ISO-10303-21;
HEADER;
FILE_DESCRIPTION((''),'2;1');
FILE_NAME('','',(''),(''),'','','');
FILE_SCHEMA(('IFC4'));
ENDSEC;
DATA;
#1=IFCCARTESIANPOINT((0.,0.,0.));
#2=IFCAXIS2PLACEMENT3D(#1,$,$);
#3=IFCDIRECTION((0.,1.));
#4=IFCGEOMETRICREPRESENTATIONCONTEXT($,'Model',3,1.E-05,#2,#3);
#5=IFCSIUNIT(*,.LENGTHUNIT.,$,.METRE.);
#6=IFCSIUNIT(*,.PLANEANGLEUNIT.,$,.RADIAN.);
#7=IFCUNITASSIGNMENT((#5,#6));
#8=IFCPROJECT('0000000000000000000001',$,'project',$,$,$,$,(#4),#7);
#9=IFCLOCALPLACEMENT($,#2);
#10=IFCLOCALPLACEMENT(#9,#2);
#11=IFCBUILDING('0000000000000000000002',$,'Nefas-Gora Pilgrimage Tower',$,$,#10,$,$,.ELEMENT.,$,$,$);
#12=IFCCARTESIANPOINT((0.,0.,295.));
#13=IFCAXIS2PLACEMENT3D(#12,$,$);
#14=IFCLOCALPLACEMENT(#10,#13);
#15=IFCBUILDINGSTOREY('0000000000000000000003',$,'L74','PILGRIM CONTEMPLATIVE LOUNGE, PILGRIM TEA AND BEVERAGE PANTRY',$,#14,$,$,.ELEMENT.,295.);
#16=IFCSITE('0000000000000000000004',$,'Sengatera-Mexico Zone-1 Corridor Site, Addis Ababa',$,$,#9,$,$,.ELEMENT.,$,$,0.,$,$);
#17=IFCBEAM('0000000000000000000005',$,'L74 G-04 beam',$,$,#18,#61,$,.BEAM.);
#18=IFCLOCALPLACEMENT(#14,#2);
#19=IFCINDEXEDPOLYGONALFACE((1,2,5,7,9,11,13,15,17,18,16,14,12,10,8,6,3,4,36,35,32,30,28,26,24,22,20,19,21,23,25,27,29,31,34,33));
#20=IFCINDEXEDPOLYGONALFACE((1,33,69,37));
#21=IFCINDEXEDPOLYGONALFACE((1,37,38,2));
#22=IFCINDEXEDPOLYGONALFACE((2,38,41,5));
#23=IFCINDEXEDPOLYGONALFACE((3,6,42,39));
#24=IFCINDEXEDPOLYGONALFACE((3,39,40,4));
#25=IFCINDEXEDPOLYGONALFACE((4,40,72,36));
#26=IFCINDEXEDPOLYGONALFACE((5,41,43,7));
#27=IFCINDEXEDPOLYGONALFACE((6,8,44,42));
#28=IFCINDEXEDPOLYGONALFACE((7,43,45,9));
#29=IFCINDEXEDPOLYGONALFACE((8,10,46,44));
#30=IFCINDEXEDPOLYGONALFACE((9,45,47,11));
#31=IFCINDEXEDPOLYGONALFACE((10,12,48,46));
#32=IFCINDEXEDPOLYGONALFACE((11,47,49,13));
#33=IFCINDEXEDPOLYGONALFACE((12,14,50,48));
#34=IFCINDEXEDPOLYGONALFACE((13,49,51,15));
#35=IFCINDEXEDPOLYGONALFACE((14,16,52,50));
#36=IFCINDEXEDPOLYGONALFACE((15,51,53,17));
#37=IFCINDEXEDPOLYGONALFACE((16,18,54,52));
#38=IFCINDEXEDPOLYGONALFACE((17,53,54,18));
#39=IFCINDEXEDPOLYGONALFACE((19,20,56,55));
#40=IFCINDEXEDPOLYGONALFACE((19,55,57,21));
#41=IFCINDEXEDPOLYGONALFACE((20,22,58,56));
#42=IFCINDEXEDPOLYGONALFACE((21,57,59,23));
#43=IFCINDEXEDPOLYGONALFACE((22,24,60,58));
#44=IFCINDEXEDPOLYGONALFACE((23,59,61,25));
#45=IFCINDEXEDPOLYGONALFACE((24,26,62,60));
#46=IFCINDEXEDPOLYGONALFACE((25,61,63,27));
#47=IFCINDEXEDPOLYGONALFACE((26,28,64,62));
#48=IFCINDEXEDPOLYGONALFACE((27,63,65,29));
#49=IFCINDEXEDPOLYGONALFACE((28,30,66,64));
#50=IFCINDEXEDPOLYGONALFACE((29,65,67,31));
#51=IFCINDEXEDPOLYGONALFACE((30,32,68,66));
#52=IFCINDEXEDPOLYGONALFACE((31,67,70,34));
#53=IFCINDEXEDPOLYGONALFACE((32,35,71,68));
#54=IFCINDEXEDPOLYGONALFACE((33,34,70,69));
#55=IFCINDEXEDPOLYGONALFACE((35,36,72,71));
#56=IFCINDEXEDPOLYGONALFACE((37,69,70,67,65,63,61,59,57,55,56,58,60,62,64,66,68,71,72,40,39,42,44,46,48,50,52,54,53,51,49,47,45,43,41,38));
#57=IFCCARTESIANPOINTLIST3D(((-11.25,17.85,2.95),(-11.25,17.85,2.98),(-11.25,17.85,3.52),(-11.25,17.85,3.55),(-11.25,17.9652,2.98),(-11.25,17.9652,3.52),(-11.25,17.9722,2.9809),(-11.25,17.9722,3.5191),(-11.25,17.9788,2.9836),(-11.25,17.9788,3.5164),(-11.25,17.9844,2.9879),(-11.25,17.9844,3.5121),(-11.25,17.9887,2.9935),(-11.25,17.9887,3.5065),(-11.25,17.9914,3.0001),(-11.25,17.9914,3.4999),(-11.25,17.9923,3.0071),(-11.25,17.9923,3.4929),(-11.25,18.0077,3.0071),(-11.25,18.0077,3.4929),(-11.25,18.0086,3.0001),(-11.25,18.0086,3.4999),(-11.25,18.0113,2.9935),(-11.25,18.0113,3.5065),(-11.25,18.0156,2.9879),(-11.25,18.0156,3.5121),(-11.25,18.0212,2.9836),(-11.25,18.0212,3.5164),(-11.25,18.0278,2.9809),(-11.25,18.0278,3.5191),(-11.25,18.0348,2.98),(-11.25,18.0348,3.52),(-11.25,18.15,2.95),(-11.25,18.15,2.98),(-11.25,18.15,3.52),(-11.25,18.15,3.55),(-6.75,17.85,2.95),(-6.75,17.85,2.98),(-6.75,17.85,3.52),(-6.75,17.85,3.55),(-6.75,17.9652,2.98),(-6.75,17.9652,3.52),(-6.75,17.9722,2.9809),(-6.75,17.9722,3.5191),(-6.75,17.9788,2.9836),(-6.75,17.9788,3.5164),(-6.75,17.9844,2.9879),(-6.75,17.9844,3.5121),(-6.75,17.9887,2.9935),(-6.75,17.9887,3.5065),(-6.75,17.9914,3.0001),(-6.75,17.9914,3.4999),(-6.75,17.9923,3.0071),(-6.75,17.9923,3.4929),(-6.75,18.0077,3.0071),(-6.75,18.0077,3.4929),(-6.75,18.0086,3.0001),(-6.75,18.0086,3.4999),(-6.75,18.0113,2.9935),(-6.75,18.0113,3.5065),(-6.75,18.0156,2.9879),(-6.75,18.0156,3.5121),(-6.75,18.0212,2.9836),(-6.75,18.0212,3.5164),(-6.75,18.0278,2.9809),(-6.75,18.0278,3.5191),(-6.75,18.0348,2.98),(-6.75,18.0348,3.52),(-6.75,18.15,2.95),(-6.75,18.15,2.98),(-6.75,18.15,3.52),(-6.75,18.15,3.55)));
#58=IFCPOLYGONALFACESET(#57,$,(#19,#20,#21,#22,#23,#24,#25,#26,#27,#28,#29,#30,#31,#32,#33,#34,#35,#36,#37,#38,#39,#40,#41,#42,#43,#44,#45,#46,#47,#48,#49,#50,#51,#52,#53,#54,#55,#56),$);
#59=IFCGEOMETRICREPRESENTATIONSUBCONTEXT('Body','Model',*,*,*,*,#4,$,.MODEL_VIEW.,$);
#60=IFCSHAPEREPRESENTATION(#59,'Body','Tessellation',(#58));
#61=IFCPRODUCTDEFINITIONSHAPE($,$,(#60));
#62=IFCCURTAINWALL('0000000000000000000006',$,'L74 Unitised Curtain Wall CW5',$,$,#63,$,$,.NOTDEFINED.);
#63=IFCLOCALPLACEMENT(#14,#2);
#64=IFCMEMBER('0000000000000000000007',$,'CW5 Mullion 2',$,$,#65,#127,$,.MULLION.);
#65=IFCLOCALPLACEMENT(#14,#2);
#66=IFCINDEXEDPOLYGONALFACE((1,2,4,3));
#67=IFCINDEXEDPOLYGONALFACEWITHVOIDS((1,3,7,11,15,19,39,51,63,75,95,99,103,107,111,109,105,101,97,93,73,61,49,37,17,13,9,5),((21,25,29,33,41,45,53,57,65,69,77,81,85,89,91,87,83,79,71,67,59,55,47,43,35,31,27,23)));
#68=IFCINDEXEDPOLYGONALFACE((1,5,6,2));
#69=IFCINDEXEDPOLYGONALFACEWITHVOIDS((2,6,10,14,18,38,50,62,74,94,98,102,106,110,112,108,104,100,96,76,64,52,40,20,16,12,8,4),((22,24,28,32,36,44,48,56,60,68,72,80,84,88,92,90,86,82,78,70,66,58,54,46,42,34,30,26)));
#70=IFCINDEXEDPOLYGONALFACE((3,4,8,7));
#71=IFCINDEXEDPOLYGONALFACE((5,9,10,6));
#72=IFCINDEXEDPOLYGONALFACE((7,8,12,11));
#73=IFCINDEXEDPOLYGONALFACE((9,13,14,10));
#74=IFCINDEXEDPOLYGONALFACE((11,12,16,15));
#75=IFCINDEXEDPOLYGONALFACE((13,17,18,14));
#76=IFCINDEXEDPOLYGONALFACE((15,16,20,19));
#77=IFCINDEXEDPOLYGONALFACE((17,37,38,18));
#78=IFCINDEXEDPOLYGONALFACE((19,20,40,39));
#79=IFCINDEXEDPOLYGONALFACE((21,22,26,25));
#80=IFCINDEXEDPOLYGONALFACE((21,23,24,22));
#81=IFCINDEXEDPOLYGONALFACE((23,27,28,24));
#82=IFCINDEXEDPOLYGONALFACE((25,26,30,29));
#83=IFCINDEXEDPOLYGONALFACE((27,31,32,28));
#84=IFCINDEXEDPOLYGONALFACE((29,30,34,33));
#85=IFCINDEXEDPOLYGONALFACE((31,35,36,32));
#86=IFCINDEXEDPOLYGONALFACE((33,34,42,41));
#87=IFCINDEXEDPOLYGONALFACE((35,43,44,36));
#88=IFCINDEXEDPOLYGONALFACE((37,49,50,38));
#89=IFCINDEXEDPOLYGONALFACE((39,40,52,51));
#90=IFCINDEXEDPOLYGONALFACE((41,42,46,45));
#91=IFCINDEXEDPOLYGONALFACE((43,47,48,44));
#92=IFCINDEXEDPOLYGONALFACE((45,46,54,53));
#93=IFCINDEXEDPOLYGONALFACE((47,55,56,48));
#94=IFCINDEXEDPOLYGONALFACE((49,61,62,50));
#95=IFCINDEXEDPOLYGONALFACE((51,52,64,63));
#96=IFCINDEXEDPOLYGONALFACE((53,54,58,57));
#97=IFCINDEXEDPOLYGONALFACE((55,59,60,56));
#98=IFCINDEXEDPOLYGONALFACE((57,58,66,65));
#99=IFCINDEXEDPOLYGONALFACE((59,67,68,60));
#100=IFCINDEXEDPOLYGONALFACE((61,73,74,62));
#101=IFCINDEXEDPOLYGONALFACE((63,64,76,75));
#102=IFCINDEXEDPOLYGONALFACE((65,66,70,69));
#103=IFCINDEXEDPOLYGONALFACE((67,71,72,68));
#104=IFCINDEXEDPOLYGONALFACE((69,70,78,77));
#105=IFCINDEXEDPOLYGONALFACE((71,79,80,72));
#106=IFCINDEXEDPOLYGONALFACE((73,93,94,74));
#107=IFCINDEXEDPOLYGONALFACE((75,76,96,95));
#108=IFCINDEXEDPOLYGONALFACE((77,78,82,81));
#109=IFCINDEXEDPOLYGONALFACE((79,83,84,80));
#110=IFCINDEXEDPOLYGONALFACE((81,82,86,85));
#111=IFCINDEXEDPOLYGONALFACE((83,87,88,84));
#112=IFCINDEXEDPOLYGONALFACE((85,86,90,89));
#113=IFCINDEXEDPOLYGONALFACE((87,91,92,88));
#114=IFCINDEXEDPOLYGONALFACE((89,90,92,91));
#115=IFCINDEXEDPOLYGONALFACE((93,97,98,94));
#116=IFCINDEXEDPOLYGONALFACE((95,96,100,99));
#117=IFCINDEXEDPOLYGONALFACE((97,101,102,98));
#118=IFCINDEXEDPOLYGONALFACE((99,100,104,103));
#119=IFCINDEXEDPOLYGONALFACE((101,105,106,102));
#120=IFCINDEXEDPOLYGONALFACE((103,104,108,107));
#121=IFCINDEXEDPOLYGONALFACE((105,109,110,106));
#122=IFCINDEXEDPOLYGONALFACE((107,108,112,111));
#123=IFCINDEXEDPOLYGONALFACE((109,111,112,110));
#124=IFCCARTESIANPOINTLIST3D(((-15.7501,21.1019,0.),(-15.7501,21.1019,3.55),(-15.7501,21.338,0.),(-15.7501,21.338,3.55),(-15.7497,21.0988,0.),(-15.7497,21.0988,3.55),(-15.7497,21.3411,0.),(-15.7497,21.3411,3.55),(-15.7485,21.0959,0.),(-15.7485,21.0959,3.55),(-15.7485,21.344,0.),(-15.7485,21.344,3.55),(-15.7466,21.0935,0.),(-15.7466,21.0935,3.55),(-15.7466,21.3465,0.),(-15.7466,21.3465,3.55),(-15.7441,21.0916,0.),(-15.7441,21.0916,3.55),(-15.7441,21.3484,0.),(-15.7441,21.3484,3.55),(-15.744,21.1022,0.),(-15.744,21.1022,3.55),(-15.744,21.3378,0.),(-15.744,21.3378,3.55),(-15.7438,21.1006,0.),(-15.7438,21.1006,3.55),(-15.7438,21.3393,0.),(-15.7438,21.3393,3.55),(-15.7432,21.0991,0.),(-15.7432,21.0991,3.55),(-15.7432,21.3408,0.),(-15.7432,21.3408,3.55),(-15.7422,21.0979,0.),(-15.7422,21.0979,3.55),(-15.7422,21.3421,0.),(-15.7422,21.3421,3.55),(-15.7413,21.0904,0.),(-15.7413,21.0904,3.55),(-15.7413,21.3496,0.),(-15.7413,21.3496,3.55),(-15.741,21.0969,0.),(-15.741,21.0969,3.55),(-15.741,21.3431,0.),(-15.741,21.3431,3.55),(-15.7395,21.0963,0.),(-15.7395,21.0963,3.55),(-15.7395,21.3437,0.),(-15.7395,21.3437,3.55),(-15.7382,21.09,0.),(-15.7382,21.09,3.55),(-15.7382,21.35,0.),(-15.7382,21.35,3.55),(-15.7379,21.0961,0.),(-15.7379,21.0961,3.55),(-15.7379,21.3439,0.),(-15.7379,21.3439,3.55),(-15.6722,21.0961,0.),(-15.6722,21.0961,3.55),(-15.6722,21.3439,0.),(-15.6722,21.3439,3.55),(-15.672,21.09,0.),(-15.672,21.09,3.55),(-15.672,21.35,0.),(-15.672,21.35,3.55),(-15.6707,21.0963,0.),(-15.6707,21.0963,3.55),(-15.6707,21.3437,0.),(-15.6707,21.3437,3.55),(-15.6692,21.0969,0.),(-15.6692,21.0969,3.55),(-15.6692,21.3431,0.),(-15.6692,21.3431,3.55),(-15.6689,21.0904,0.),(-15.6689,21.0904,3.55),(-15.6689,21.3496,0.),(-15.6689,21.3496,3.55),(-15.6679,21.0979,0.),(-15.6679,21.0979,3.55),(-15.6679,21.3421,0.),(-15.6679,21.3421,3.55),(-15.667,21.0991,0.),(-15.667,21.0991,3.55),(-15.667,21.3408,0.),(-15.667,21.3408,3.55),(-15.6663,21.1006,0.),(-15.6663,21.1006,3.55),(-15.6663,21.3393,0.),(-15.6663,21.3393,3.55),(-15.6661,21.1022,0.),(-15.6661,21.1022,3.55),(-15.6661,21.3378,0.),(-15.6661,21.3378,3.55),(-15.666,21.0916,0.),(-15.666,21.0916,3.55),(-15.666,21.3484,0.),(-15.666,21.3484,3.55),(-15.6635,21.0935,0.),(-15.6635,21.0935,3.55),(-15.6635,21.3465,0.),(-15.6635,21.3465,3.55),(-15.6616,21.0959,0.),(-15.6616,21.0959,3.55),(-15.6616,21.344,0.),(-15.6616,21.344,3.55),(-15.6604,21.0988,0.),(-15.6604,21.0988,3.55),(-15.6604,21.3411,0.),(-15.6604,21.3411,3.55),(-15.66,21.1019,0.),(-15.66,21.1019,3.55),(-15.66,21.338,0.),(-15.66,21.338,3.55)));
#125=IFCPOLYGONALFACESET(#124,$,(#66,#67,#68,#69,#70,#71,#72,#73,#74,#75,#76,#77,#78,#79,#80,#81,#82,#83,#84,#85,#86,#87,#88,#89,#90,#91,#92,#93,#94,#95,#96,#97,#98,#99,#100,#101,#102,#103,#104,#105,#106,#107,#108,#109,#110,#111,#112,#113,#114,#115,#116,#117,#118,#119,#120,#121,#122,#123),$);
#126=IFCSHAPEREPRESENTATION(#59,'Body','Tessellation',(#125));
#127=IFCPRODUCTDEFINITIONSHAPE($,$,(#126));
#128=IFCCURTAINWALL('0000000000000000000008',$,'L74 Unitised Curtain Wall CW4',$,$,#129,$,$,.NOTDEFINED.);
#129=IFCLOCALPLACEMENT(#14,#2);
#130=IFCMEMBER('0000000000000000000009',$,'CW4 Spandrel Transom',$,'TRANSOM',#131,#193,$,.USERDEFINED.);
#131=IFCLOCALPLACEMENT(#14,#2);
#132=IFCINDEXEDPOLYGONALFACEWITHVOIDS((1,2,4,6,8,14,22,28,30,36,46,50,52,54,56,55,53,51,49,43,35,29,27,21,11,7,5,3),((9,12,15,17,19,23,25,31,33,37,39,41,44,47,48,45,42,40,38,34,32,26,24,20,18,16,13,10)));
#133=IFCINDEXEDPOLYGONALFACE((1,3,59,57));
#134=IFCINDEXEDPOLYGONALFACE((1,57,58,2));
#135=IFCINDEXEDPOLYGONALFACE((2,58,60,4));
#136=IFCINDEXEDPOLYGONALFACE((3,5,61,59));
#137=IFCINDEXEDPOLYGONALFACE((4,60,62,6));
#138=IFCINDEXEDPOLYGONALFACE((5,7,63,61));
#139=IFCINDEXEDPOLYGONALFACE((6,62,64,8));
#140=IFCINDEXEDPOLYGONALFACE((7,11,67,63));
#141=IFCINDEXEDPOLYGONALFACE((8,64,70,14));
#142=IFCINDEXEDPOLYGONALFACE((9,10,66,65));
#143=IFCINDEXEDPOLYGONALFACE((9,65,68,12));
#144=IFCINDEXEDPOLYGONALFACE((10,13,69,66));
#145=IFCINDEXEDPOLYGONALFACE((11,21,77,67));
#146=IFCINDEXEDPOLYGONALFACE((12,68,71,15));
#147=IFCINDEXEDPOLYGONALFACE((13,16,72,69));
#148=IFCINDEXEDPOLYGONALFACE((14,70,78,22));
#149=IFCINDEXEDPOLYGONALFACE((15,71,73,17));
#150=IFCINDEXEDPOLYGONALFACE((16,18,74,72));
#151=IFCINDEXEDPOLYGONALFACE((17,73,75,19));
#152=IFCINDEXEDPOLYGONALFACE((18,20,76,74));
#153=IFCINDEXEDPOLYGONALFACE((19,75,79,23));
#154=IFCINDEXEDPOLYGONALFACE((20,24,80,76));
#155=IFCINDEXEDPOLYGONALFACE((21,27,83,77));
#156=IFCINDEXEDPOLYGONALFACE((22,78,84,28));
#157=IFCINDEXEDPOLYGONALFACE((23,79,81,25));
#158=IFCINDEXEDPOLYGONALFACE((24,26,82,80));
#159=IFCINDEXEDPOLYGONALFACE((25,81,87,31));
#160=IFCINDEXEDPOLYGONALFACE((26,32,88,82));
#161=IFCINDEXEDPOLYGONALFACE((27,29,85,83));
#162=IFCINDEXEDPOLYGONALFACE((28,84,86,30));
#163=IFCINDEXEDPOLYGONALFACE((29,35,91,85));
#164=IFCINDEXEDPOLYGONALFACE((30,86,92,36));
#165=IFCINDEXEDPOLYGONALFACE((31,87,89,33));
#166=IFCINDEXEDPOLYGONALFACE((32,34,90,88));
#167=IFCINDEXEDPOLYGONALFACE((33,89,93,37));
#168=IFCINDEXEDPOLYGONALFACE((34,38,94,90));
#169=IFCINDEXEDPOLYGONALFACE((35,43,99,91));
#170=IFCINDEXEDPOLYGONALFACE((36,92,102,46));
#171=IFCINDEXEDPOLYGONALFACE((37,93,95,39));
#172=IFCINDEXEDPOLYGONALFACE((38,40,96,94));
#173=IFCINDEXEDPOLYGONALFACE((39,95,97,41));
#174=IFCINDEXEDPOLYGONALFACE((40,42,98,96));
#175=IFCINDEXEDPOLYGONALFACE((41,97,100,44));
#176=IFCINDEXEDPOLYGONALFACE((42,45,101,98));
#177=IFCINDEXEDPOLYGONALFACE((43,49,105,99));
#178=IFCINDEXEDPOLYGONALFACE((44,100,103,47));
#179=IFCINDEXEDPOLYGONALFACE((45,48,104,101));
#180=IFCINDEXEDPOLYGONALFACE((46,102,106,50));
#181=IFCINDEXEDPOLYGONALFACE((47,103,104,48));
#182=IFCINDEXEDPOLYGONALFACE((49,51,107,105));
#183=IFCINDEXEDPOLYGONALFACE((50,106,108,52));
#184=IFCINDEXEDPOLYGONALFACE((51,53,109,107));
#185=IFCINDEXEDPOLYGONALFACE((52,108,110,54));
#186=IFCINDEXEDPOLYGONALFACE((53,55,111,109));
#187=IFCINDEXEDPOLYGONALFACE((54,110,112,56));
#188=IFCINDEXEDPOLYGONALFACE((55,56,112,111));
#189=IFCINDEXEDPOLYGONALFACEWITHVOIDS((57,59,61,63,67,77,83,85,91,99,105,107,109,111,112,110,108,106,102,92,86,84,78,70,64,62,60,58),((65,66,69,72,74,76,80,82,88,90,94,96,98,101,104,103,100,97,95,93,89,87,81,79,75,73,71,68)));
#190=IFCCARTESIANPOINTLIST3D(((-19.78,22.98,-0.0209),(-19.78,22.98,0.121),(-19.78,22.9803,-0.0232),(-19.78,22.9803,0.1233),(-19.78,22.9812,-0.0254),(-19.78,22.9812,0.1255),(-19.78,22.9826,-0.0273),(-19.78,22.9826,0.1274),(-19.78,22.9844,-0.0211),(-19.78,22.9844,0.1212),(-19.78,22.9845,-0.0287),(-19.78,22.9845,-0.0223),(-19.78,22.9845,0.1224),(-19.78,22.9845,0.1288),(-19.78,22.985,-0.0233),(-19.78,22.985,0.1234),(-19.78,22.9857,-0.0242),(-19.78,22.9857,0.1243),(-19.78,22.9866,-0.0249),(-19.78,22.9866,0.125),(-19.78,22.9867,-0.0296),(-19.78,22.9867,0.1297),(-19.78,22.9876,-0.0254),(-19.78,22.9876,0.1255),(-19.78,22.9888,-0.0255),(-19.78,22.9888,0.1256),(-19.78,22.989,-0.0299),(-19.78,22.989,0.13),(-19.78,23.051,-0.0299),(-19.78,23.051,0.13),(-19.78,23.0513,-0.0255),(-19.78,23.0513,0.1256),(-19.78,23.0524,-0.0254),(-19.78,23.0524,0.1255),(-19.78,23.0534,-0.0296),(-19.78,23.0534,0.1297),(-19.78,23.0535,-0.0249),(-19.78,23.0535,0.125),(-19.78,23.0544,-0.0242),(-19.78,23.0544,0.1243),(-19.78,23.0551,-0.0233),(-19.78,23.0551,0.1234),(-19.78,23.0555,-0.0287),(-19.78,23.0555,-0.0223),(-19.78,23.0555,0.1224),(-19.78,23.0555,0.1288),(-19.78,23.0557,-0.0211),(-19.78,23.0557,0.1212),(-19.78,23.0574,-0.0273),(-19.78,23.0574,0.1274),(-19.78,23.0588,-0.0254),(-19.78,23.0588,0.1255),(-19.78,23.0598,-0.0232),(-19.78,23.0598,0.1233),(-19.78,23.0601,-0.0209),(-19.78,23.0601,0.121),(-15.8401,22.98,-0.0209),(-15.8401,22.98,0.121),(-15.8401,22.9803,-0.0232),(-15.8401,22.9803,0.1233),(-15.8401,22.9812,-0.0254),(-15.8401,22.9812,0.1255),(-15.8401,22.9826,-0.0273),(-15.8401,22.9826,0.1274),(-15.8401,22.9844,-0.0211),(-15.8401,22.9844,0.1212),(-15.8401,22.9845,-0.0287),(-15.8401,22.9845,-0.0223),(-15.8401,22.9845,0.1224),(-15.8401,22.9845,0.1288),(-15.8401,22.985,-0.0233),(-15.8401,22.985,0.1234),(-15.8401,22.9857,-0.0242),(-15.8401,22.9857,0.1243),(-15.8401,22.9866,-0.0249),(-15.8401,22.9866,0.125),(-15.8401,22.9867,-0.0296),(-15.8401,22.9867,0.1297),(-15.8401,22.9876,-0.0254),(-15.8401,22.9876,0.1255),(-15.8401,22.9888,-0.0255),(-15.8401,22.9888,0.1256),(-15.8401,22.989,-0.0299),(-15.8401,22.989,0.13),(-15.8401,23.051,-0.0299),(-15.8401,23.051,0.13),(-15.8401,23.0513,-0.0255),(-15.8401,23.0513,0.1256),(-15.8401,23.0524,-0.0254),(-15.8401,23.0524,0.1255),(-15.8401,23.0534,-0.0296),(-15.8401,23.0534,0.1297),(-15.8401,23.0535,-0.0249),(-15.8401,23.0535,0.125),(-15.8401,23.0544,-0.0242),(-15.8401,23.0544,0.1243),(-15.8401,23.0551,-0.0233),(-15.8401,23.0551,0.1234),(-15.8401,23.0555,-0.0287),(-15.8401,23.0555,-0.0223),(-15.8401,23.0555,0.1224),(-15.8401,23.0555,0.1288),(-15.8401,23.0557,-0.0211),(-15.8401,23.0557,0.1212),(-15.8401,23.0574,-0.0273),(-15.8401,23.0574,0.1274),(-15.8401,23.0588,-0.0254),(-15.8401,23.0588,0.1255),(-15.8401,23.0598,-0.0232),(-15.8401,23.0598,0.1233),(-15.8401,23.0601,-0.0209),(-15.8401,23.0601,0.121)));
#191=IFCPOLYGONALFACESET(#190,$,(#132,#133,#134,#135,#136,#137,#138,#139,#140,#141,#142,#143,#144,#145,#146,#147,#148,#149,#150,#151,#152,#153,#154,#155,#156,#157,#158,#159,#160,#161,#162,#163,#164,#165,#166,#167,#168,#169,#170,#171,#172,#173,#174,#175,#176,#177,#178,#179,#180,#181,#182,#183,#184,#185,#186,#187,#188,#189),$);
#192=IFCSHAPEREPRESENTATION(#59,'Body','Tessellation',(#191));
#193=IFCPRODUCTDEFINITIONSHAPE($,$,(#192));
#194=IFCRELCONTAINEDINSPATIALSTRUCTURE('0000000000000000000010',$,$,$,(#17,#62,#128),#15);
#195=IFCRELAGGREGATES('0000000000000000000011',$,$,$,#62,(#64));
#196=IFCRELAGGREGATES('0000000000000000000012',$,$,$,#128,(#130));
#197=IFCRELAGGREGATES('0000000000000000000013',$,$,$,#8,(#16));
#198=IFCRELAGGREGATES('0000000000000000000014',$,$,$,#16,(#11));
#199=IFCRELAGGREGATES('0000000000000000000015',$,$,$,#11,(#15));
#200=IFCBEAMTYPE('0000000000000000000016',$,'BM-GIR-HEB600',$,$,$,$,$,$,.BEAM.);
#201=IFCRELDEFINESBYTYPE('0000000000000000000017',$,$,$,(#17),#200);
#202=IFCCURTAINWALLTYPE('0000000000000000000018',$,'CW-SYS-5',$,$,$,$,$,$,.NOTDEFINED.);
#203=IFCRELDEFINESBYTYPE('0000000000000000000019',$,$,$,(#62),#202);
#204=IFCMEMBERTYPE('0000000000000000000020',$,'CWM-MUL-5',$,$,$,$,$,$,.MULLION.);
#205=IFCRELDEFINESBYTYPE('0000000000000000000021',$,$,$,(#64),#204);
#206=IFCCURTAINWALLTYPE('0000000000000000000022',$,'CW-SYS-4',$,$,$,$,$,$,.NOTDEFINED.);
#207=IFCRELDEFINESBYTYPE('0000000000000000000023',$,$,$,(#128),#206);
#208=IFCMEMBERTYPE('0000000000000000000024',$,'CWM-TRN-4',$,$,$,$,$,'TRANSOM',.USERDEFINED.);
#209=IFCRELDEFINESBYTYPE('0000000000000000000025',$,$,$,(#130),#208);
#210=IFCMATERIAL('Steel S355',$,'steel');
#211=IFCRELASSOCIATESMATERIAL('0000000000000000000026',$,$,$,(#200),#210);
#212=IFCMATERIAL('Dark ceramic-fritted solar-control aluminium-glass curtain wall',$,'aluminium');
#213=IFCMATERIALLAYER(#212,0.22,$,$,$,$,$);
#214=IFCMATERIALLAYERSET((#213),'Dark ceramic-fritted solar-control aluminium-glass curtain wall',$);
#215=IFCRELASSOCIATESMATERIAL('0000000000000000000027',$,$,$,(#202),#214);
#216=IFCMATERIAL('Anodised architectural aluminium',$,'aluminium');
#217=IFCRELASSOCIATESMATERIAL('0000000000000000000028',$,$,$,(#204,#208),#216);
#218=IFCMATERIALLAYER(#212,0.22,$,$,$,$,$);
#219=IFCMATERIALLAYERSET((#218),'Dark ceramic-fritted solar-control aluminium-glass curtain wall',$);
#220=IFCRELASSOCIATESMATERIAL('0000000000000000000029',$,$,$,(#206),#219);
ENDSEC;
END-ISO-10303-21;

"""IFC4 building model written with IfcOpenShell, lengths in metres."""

from ifc_helpers import new_model, si_unit, direction, frame, origin, origin_2d, place, context, subcontext, project, spatial, hollow_rectangle, i_section, extrude, source, transform, mapped, material, layer, layer_set, material_profile, profile_set, type_object, element, aggregate, save


model = new_model("IFC4")

# Units and contexts
model_context = context("Model", 3, precision=1e-05, world=origin(), true_north=direction((0.0, 1.0)))
body_context = subcontext(model_context, "Body", "Model", "MODEL_VIEW")
ifc_project = project(units=[si_unit("LENGTHUNIT", "METRE"), si_unit("PLANEANGLEUNIT", "RADIAN")], contexts=[model_context])

# Site, building, storey
site_placement = place(None, origin())
site = spatial("IfcSite", under=ifc_project, at=site_placement, Name="Sengatera-Mexico Zone-1 Corridor Site, Addis Ababa", CompositionType="ELEMENT", RefElevation=0.0)
building_placement = place(site_placement, origin())
building = spatial("IfcBuilding", under=site, at=building_placement, Name="Nefas-Gora Pilgrimage Tower", CompositionType="ELEMENT")
storey_placement = place(building_placement, frame((0.0, 0.0, 295.0)))
storey = spatial("IfcBuildingStorey", under=building, at=storey_placement, Name="L74", Description="PILGRIM CONTEMPLATIVE LOUNGE, PILGRIM TEA AND BEVERAGE PANTRY", CompositionType="ELEMENT", Elevation=295.0)

# Shared definitions
ifc_material_1 = material(Name="Steel S355", Category="steel")

# Beam
ifc_material_profile_1 = material_profile(ifc_material_1, i_section(OverallWidth=0.3, OverallDepth=0.6001, WebThickness=0.0154, FlangeThickness=0.03, FilletRadius=0.0271, at=origin_2d()), Name="HEB 600")
ifc_profile_set_1 = profile_set([ifc_material_profile_1], Name="Steel S355")
beam_type = type_object("IfcBeamType", Name="BM-GIR-HEB600", PredefinedType="BEAM", material=ifc_profile_set_1)
shared_shape_1 = source(origin(), body_context, "Body", "SweptSolid", [
    extrude(i_section(OverallWidth=0.3, OverallDepth=0.6001, WebThickness=0.0154, FlangeThickness=0.03, FilletRadius=0.0271, at=origin_2d()), origin(), (0.0, 0.0, 1.0), 4.5),
])
beam_placement = place(storey_placement, frame((-11.25, 18.0, 3.25), z_axis=(1.0, 0.0, 0.0), x_axis=(0.0, 1.0, 0.0)))
element("IfcBeam", 1, at=beam_placement, inside=storey, type_object=beam_type, Name="L74 G-04 beam", PredefinedType="BEAM", context=body_context, shape_type="MappedRepresentation", body=[
    mapped(shared_shape_1, transform((0.0, 0.0, 0.0), x_axis=(1.0, 0.0, 0.0), y_axis=(0.0, 1.0, 0.0), z_axis=(0.0, 0.0, 1.0), scale=1.0)),
])

# Curtain wall, member
ifc_material_2 = material(Name="Dark ceramic-fritted solar-control aluminium-glass curtain wall", Category="aluminium")
ifc_layer_1 = layer(ifc_material_2, 0.22)
ifc_layer_set_1 = layer_set([ifc_layer_1], Name="Dark ceramic-fritted solar-control aluminium-glass curtain wall")
curtain_wall_type_1 = type_object("IfcCurtainWallType", Name="CW-SYS-5", PredefinedType="NOTDEFINED", material=ifc_layer_set_1)
curtain_wall_1_placement = place(storey_placement, origin())
curtain_wall_1 = element("IfcCurtainWall", 2, at=curtain_wall_1_placement, inside=storey, type_object=curtain_wall_type_1, Name="L74 Unitised Curtain Wall CW5", PredefinedType="NOTDEFINED")
ifc_material_3 = material(Name="Anodised architectural aluminium", Category="aluminium")
ifc_material_profile_2 = material_profile(ifc_material_3, hollow_rectangle(XDim=0.0901, YDim=0.26, WallThickness=0.0061, InnerFilletRadius=0.0061, OuterFilletRadius=0.012, at=origin_2d()), Name="ALU MULLION 90x260")
ifc_profile_set_2 = profile_set([ifc_material_profile_2], Name="Anodised architectural aluminium")
member_type_1 = type_object("IfcMemberType", Name="CWM-MUL-5", PredefinedType="MULLION", material=ifc_profile_set_2)
shared_shape_2 = source(origin(), body_context, "Body", "SweptSolid", [
    extrude(hollow_rectangle(XDim=0.0901, YDim=0.26, WallThickness=0.0061, InnerFilletRadius=0.0061, OuterFilletRadius=0.012, at=origin_2d()), origin(), (0.0, 0.0, 1.0), 3.55),
])
member_1_placement = place(storey_placement, frame((-15.7051, 21.22, 0.0), z_axis=(0.0, 0.0, 1.0), x_axis=(-1.0, 0.0, 0.0)))
member_1 = element("IfcMember", 3, at=member_1_placement, type_object=member_type_1, Name="CW5 Mullion 2", PredefinedType="MULLION", context=body_context, shape_type="MappedRepresentation", body=[
    mapped(shared_shape_2, transform((0.0, 0.0, 0.0), x_axis=(1.0, 0.0, 0.0), y_axis=(0.0, 1.0, 0.0), z_axis=(0.0, 0.0, 1.0), scale=1.0)),
])

# Curtain wall, member
ifc_layer_2 = layer(ifc_material_2, 0.22)
ifc_layer_set_2 = layer_set([ifc_layer_2], Name="Dark ceramic-fritted solar-control aluminium-glass curtain wall")
curtain_wall_type_2 = type_object("IfcCurtainWallType", Name="CW-SYS-4", PredefinedType="NOTDEFINED", material=ifc_layer_set_2)
curtain_wall_2_placement = place(storey_placement, origin())
curtain_wall_2 = element("IfcCurtainWall", 4, at=curtain_wall_2_placement, inside=storey, type_object=curtain_wall_type_2, Name="L74 Unitised Curtain Wall CW4", PredefinedType="NOTDEFINED")
ifc_material_profile_3 = material_profile(ifc_material_3, hollow_rectangle(XDim=0.0801, YDim=0.1599, WallThickness=0.0044, InnerFilletRadius=0.0044, OuterFilletRadius=0.009, at=origin_2d()), Name="ALU TRANSOM 80x160")
ifc_profile_set_3 = profile_set([ifc_material_profile_3], Name="Anodised architectural aluminium")
member_type_2 = type_object("IfcMemberType", Name="CWM-TRN-4", ElementType="TRANSOM", PredefinedType="USERDEFINED", material=ifc_profile_set_3)
shared_shape_3 = source(origin(), body_context, "Body", "SweptSolid", [
    extrude(hollow_rectangle(XDim=0.0801, YDim=0.1599, WallThickness=0.0044, InnerFilletRadius=0.0044, OuterFilletRadius=0.009, at=origin_2d()), origin(), (0.0, 0.0, 1.0), 3.9399),
])
member_2_placement = place(storey_placement, frame((-15.8401, 23.02, 0.05), z_axis=(-1.0, 0.0, 0.0), x_axis=(0.0, -1.0, 0.0)))
member_2 = element("IfcMember", 5, at=member_2_placement, type_object=member_type_2, Name="CW4 Spandrel Transom", ObjectType="TRANSOM", PredefinedType="USERDEFINED", context=body_context, shape_type="MappedRepresentation", body=[
    mapped(shared_shape_3, transform((0.0, 0.0, 0.0), x_axis=(1.0, 0.0, 0.0), y_axis=(0.0, 1.0, 0.0), z_axis=(0.0, 0.0, 1.0), scale=1.0)),
])

aggregate(curtain_wall_1, [member_1])
aggregate(curtain_wall_2, [member_2])

save(model, "model.ifc")
